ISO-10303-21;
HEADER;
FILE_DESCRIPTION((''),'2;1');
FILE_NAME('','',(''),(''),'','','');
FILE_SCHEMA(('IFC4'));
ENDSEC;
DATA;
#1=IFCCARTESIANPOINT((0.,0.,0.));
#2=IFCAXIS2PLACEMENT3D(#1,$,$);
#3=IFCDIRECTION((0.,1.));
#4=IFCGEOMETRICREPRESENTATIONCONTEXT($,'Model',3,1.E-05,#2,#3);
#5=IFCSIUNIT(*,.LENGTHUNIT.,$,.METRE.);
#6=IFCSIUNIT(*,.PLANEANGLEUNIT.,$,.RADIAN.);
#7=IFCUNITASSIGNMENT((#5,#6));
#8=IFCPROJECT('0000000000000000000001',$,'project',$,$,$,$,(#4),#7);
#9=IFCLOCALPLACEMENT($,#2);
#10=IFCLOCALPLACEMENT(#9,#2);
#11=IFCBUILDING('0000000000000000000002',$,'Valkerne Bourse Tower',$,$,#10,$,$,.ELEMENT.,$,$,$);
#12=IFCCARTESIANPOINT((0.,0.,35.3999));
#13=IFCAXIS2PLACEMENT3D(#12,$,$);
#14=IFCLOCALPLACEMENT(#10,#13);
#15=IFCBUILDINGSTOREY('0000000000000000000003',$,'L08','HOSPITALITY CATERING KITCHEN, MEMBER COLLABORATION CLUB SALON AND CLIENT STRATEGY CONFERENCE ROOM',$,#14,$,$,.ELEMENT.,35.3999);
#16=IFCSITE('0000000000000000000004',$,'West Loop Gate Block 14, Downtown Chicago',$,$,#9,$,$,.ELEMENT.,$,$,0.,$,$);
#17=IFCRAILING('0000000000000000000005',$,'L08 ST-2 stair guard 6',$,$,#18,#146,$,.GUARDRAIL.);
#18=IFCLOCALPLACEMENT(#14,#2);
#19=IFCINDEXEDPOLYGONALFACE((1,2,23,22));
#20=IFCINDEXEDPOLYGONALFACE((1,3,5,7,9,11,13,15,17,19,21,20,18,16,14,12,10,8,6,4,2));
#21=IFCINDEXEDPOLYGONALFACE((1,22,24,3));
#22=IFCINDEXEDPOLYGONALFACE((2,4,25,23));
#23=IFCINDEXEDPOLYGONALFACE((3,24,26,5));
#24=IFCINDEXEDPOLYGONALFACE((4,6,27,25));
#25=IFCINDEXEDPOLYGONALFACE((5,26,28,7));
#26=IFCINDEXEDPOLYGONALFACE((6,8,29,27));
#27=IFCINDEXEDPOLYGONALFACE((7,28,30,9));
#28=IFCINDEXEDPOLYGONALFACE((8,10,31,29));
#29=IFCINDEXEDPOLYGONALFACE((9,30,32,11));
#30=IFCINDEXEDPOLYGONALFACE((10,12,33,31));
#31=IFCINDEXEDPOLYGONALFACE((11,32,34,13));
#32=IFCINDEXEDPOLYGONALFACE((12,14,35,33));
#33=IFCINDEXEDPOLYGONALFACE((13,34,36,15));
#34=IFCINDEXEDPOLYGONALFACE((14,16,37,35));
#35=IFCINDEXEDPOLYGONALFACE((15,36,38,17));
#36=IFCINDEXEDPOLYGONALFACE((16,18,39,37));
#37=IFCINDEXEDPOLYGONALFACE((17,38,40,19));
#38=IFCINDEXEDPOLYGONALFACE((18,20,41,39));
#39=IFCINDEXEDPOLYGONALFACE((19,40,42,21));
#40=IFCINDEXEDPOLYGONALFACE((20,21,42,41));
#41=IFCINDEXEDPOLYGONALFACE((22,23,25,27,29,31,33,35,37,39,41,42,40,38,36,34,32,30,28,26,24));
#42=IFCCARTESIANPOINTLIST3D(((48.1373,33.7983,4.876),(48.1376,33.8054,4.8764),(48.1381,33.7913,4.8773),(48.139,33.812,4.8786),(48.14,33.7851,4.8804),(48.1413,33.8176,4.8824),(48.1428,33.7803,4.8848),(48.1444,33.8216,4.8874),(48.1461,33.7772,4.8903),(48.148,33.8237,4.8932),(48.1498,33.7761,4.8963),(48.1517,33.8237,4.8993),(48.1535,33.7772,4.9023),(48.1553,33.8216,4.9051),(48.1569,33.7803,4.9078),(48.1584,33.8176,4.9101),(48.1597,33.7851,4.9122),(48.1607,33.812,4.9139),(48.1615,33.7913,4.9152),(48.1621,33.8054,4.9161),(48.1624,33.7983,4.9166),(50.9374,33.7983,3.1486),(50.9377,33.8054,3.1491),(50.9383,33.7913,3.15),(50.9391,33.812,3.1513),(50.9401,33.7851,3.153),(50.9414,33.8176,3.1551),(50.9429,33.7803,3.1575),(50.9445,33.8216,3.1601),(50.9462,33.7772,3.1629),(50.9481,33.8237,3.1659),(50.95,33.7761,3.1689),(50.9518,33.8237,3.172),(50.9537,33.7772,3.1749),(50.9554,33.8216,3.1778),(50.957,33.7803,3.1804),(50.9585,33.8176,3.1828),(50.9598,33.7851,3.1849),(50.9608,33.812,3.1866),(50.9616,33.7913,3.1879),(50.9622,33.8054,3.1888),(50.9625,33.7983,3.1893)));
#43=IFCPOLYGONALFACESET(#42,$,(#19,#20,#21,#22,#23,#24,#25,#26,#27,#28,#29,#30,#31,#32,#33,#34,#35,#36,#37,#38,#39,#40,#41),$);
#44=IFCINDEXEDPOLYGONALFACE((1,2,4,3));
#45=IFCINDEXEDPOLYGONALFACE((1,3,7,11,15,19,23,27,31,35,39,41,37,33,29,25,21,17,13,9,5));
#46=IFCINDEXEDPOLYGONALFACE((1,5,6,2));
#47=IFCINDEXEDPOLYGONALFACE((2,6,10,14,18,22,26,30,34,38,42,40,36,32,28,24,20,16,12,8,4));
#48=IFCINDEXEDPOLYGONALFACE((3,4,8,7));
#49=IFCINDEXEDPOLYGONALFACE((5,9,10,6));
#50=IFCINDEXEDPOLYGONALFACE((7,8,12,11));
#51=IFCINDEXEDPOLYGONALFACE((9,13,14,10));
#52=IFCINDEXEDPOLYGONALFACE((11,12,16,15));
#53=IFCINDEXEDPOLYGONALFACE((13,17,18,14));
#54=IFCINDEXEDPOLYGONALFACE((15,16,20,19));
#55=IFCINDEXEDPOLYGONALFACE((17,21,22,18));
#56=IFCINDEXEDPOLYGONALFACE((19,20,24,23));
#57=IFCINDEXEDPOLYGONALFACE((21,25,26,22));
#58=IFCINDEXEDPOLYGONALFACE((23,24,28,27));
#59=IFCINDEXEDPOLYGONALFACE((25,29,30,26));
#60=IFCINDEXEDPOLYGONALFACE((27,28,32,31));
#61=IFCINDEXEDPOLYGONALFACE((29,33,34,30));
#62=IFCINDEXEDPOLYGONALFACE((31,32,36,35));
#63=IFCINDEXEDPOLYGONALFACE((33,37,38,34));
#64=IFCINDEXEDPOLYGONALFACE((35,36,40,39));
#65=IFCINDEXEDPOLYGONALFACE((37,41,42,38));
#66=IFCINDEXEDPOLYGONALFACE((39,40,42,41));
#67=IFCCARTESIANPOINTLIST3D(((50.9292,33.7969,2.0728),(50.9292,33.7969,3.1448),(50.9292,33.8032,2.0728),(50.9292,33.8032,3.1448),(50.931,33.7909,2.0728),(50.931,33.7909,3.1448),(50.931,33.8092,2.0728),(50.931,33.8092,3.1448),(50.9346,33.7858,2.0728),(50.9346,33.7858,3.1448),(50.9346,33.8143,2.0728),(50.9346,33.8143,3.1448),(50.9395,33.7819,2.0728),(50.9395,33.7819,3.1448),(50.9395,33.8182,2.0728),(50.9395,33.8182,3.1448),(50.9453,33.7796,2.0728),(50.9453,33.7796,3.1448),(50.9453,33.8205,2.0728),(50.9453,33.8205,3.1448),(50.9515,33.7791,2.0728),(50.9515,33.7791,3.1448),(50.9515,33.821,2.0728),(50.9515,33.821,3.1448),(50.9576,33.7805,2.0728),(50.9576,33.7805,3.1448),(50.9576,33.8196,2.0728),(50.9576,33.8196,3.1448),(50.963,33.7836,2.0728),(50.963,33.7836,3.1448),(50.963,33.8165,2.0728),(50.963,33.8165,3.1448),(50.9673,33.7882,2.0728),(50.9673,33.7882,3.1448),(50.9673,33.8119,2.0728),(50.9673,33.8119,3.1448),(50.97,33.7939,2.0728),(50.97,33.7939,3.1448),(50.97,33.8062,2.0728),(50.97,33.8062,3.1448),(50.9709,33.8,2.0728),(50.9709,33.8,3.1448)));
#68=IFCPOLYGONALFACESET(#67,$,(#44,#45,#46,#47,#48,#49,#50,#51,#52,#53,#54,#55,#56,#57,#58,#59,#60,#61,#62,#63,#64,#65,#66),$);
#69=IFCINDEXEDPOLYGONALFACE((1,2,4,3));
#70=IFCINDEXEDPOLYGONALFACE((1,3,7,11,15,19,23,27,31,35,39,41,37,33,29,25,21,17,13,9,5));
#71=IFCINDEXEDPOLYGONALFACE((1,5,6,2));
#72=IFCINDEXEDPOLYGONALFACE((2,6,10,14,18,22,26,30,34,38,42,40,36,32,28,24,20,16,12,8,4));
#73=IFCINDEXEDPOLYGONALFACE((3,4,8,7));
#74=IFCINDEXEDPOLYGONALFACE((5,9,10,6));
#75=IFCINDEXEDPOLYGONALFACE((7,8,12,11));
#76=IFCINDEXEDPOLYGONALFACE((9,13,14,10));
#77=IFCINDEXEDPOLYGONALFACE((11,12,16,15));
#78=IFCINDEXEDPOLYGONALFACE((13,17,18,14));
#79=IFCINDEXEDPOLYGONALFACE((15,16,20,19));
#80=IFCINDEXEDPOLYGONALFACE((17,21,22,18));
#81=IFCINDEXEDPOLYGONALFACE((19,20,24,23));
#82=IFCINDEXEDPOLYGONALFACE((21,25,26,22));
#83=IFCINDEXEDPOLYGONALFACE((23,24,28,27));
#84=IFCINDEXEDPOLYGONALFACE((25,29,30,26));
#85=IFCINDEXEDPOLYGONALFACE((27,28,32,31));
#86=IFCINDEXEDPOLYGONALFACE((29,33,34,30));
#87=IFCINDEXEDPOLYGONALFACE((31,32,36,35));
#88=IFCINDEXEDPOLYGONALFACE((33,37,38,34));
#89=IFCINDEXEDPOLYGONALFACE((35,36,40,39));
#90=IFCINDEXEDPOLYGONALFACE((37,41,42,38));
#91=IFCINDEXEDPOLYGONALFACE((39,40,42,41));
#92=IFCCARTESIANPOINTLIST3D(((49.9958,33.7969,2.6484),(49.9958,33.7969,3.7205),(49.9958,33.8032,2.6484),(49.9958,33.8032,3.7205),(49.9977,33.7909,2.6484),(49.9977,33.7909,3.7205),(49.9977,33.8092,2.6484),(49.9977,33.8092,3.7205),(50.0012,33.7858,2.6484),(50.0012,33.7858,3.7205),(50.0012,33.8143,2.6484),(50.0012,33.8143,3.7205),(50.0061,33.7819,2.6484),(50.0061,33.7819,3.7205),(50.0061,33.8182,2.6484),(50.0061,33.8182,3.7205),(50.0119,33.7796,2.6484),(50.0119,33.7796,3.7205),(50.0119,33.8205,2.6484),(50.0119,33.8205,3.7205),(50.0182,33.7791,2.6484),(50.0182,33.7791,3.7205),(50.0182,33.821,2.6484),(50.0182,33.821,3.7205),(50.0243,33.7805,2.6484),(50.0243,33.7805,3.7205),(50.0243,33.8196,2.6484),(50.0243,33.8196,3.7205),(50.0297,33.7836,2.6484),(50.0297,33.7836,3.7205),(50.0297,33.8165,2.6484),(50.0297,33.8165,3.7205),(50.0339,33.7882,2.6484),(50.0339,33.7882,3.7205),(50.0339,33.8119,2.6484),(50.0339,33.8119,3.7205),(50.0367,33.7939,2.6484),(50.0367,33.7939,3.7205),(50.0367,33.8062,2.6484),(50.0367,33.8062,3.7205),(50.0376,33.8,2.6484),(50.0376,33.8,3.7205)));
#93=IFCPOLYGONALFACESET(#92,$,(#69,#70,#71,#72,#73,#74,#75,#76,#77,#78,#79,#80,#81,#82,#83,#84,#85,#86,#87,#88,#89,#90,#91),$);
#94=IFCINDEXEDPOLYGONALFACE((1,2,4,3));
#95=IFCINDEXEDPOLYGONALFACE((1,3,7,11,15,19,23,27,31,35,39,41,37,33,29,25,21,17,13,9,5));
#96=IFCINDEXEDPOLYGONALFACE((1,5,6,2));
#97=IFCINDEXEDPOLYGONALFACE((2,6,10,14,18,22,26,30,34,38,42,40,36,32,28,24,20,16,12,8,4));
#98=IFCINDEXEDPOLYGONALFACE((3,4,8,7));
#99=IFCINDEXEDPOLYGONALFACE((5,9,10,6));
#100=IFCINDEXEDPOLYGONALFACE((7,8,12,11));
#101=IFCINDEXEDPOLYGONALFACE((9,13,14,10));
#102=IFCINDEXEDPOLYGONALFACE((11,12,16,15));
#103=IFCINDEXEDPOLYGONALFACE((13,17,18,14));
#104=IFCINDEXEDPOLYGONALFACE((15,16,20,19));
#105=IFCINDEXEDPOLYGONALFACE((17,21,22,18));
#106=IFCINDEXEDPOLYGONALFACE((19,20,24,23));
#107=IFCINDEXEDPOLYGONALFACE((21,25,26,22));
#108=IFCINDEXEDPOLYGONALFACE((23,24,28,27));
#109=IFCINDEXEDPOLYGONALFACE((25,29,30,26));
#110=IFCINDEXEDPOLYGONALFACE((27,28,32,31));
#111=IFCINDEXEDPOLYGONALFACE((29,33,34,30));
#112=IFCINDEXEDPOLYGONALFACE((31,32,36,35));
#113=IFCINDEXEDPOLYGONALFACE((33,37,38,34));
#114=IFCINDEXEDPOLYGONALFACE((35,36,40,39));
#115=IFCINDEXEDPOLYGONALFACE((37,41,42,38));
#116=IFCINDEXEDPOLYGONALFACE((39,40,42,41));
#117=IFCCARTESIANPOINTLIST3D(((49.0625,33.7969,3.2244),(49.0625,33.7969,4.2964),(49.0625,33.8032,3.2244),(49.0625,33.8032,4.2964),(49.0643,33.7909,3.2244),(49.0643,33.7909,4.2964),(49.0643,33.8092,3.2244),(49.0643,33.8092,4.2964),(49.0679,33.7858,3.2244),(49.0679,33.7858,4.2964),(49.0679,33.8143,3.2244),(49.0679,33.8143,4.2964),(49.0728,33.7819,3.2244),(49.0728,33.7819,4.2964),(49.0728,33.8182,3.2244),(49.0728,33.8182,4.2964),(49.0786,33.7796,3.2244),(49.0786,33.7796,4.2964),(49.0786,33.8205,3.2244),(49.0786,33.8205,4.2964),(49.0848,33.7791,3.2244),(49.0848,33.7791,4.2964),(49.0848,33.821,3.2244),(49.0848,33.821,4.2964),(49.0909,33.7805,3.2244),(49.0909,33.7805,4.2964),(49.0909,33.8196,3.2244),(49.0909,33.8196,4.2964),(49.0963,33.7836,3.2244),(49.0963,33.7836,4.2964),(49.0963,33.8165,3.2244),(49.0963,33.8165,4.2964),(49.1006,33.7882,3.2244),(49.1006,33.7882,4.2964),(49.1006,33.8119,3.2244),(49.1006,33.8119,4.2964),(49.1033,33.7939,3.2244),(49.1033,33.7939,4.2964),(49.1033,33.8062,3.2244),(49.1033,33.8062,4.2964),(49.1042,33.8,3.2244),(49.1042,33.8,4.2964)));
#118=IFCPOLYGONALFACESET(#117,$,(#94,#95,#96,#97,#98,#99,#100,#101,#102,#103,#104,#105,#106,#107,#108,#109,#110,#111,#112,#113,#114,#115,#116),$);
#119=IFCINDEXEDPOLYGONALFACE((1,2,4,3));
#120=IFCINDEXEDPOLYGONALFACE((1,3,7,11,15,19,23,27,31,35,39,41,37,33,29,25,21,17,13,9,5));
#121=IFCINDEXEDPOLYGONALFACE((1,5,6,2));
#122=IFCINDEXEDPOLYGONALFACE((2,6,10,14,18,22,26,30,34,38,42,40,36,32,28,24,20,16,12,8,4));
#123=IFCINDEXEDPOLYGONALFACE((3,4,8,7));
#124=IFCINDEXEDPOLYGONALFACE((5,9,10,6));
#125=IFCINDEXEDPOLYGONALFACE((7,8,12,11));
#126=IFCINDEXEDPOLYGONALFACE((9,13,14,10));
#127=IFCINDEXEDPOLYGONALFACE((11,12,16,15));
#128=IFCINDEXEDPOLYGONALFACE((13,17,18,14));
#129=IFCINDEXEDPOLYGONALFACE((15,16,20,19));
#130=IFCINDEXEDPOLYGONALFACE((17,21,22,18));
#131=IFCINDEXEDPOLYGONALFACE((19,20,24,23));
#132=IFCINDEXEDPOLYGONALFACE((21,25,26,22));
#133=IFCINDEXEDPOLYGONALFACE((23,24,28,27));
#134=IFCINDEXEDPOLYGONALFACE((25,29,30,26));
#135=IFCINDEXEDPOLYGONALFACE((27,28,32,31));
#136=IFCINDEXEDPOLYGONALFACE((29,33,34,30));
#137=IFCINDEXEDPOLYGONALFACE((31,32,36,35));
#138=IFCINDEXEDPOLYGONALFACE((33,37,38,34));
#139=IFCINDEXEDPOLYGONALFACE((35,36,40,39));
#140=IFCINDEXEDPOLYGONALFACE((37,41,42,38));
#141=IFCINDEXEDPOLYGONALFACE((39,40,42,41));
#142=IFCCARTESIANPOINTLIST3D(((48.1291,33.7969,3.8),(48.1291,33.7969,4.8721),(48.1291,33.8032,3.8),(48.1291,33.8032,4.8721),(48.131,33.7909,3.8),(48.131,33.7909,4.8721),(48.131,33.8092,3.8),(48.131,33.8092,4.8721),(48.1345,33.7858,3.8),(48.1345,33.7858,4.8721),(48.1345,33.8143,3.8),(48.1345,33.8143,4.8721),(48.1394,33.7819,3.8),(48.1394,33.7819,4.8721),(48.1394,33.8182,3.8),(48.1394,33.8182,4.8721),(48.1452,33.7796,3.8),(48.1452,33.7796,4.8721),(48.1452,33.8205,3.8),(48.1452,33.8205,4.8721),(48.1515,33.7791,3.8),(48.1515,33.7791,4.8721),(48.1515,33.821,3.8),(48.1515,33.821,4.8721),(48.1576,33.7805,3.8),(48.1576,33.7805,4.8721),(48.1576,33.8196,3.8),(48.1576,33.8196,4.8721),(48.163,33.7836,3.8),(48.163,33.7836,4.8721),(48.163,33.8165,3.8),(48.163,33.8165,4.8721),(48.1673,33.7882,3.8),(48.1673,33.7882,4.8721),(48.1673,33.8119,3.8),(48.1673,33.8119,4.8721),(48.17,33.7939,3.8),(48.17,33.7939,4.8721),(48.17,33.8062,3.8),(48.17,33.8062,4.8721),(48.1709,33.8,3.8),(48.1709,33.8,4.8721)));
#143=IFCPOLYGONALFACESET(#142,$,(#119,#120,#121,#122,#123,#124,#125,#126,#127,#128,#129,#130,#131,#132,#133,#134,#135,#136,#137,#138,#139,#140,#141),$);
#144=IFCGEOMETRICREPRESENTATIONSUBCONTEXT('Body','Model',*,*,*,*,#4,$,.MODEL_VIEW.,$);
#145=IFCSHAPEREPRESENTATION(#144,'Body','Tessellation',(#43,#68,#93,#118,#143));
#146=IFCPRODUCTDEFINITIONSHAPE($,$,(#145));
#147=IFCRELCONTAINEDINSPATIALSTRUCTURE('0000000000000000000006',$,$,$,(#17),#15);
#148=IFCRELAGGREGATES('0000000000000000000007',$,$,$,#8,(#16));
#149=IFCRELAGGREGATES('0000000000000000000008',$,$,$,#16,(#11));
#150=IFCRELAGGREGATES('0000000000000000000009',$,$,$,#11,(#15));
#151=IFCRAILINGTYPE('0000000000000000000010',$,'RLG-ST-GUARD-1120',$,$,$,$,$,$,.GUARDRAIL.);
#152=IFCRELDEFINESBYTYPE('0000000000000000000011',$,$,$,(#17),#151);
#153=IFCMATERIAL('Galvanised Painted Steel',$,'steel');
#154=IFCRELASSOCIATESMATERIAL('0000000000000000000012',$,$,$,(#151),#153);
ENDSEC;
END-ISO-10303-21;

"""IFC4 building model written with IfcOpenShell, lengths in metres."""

from ifc_helpers import new_model, si_unit, direction, frame, origin, origin_2d, place, context, subcontext, project, spatial, circle, extrude, material, type_object, element, save


model = new_model("IFC4")

# Units and contexts
model_context = context("Model", 3, precision=1e-05, world=origin(), true_north=direction((0.0, 1.0)))
body_context = subcontext(model_context, "Body", "Model", "MODEL_VIEW")
ifc_project = project(units=[si_unit("LENGTHUNIT", "METRE"), si_unit("PLANEANGLEUNIT", "RADIAN")], contexts=[model_context])

# Site, building, storey
site_placement = place(None, origin())
site = spatial("IfcSite", under=ifc_project, at=site_placement, Name="West Loop Gate Block 14, Downtown Chicago", CompositionType="ELEMENT", RefElevation=0.0)
building_placement = place(site_placement, origin())
building = spatial("IfcBuilding", under=site, at=building_placement, Name="Valkerne Bourse Tower", CompositionType="ELEMENT")
storey_placement = place(building_placement, frame((0.0, 0.0, 35.3999)))
storey = spatial("IfcBuildingStorey", under=building, at=storey_placement, Name="L08", Description="HOSPITALITY CATERING KITCHEN, MEMBER COLLABORATION CLUB SALON AND CLIENT STRATEGY CONFERENCE ROOM", CompositionType="ELEMENT", Elevation=35.3999)

# Shared definitions
ifc_material_1 = material(Name="Galvanised Painted Steel", Category="steel")

# Railing
railing_type_1 = type_object("IfcRailingType", Name="RLG-ST-GUARD-1120", PredefinedType="GUARDRAIL", material=ifc_material_1)
railing_1_placement = place(storey_placement, frame((50.95, 33.8, 2.0728)))
element("IfcRailing", 1, at=railing_1_placement, inside=storey, type_object=railing_type_1, Name="L08 ST-2 stair guard 6", PredefinedType="GUARDRAIL", context=body_context, shape_type="SweptSolid", body=[
    extrude(circle(Radius=0.0239, at=origin_2d()), frame((0.0, 0.0, 1.0962), z_axis=(-0.85109, 0.0, 0.52502), x_axis=(0.0, -1.0, 0.0)), (0.0, 0.0, 1.0), 3.29),
    extrude(circle(Radius=0.021, at=origin_2d()), origin(), (0.0, 0.0, 1.0), 1.072),
    extrude(circle(Radius=0.021, at=origin_2d()), frame((-0.9333, 0.0, 0.5757)), (0.0, 0.0, 1.0), 1.072),
    extrude(circle(Radius=0.021, at=origin_2d()), frame((-1.8667, 0.0, 1.1516)), (0.0, 0.0, 1.0), 1.072),
    extrude(circle(Radius=0.021, at=origin_2d()), frame((-2.8, 0.0, 1.7273)), (0.0, 0.0, 1.0), 1.072),
])

save(model, "model.ifc")
